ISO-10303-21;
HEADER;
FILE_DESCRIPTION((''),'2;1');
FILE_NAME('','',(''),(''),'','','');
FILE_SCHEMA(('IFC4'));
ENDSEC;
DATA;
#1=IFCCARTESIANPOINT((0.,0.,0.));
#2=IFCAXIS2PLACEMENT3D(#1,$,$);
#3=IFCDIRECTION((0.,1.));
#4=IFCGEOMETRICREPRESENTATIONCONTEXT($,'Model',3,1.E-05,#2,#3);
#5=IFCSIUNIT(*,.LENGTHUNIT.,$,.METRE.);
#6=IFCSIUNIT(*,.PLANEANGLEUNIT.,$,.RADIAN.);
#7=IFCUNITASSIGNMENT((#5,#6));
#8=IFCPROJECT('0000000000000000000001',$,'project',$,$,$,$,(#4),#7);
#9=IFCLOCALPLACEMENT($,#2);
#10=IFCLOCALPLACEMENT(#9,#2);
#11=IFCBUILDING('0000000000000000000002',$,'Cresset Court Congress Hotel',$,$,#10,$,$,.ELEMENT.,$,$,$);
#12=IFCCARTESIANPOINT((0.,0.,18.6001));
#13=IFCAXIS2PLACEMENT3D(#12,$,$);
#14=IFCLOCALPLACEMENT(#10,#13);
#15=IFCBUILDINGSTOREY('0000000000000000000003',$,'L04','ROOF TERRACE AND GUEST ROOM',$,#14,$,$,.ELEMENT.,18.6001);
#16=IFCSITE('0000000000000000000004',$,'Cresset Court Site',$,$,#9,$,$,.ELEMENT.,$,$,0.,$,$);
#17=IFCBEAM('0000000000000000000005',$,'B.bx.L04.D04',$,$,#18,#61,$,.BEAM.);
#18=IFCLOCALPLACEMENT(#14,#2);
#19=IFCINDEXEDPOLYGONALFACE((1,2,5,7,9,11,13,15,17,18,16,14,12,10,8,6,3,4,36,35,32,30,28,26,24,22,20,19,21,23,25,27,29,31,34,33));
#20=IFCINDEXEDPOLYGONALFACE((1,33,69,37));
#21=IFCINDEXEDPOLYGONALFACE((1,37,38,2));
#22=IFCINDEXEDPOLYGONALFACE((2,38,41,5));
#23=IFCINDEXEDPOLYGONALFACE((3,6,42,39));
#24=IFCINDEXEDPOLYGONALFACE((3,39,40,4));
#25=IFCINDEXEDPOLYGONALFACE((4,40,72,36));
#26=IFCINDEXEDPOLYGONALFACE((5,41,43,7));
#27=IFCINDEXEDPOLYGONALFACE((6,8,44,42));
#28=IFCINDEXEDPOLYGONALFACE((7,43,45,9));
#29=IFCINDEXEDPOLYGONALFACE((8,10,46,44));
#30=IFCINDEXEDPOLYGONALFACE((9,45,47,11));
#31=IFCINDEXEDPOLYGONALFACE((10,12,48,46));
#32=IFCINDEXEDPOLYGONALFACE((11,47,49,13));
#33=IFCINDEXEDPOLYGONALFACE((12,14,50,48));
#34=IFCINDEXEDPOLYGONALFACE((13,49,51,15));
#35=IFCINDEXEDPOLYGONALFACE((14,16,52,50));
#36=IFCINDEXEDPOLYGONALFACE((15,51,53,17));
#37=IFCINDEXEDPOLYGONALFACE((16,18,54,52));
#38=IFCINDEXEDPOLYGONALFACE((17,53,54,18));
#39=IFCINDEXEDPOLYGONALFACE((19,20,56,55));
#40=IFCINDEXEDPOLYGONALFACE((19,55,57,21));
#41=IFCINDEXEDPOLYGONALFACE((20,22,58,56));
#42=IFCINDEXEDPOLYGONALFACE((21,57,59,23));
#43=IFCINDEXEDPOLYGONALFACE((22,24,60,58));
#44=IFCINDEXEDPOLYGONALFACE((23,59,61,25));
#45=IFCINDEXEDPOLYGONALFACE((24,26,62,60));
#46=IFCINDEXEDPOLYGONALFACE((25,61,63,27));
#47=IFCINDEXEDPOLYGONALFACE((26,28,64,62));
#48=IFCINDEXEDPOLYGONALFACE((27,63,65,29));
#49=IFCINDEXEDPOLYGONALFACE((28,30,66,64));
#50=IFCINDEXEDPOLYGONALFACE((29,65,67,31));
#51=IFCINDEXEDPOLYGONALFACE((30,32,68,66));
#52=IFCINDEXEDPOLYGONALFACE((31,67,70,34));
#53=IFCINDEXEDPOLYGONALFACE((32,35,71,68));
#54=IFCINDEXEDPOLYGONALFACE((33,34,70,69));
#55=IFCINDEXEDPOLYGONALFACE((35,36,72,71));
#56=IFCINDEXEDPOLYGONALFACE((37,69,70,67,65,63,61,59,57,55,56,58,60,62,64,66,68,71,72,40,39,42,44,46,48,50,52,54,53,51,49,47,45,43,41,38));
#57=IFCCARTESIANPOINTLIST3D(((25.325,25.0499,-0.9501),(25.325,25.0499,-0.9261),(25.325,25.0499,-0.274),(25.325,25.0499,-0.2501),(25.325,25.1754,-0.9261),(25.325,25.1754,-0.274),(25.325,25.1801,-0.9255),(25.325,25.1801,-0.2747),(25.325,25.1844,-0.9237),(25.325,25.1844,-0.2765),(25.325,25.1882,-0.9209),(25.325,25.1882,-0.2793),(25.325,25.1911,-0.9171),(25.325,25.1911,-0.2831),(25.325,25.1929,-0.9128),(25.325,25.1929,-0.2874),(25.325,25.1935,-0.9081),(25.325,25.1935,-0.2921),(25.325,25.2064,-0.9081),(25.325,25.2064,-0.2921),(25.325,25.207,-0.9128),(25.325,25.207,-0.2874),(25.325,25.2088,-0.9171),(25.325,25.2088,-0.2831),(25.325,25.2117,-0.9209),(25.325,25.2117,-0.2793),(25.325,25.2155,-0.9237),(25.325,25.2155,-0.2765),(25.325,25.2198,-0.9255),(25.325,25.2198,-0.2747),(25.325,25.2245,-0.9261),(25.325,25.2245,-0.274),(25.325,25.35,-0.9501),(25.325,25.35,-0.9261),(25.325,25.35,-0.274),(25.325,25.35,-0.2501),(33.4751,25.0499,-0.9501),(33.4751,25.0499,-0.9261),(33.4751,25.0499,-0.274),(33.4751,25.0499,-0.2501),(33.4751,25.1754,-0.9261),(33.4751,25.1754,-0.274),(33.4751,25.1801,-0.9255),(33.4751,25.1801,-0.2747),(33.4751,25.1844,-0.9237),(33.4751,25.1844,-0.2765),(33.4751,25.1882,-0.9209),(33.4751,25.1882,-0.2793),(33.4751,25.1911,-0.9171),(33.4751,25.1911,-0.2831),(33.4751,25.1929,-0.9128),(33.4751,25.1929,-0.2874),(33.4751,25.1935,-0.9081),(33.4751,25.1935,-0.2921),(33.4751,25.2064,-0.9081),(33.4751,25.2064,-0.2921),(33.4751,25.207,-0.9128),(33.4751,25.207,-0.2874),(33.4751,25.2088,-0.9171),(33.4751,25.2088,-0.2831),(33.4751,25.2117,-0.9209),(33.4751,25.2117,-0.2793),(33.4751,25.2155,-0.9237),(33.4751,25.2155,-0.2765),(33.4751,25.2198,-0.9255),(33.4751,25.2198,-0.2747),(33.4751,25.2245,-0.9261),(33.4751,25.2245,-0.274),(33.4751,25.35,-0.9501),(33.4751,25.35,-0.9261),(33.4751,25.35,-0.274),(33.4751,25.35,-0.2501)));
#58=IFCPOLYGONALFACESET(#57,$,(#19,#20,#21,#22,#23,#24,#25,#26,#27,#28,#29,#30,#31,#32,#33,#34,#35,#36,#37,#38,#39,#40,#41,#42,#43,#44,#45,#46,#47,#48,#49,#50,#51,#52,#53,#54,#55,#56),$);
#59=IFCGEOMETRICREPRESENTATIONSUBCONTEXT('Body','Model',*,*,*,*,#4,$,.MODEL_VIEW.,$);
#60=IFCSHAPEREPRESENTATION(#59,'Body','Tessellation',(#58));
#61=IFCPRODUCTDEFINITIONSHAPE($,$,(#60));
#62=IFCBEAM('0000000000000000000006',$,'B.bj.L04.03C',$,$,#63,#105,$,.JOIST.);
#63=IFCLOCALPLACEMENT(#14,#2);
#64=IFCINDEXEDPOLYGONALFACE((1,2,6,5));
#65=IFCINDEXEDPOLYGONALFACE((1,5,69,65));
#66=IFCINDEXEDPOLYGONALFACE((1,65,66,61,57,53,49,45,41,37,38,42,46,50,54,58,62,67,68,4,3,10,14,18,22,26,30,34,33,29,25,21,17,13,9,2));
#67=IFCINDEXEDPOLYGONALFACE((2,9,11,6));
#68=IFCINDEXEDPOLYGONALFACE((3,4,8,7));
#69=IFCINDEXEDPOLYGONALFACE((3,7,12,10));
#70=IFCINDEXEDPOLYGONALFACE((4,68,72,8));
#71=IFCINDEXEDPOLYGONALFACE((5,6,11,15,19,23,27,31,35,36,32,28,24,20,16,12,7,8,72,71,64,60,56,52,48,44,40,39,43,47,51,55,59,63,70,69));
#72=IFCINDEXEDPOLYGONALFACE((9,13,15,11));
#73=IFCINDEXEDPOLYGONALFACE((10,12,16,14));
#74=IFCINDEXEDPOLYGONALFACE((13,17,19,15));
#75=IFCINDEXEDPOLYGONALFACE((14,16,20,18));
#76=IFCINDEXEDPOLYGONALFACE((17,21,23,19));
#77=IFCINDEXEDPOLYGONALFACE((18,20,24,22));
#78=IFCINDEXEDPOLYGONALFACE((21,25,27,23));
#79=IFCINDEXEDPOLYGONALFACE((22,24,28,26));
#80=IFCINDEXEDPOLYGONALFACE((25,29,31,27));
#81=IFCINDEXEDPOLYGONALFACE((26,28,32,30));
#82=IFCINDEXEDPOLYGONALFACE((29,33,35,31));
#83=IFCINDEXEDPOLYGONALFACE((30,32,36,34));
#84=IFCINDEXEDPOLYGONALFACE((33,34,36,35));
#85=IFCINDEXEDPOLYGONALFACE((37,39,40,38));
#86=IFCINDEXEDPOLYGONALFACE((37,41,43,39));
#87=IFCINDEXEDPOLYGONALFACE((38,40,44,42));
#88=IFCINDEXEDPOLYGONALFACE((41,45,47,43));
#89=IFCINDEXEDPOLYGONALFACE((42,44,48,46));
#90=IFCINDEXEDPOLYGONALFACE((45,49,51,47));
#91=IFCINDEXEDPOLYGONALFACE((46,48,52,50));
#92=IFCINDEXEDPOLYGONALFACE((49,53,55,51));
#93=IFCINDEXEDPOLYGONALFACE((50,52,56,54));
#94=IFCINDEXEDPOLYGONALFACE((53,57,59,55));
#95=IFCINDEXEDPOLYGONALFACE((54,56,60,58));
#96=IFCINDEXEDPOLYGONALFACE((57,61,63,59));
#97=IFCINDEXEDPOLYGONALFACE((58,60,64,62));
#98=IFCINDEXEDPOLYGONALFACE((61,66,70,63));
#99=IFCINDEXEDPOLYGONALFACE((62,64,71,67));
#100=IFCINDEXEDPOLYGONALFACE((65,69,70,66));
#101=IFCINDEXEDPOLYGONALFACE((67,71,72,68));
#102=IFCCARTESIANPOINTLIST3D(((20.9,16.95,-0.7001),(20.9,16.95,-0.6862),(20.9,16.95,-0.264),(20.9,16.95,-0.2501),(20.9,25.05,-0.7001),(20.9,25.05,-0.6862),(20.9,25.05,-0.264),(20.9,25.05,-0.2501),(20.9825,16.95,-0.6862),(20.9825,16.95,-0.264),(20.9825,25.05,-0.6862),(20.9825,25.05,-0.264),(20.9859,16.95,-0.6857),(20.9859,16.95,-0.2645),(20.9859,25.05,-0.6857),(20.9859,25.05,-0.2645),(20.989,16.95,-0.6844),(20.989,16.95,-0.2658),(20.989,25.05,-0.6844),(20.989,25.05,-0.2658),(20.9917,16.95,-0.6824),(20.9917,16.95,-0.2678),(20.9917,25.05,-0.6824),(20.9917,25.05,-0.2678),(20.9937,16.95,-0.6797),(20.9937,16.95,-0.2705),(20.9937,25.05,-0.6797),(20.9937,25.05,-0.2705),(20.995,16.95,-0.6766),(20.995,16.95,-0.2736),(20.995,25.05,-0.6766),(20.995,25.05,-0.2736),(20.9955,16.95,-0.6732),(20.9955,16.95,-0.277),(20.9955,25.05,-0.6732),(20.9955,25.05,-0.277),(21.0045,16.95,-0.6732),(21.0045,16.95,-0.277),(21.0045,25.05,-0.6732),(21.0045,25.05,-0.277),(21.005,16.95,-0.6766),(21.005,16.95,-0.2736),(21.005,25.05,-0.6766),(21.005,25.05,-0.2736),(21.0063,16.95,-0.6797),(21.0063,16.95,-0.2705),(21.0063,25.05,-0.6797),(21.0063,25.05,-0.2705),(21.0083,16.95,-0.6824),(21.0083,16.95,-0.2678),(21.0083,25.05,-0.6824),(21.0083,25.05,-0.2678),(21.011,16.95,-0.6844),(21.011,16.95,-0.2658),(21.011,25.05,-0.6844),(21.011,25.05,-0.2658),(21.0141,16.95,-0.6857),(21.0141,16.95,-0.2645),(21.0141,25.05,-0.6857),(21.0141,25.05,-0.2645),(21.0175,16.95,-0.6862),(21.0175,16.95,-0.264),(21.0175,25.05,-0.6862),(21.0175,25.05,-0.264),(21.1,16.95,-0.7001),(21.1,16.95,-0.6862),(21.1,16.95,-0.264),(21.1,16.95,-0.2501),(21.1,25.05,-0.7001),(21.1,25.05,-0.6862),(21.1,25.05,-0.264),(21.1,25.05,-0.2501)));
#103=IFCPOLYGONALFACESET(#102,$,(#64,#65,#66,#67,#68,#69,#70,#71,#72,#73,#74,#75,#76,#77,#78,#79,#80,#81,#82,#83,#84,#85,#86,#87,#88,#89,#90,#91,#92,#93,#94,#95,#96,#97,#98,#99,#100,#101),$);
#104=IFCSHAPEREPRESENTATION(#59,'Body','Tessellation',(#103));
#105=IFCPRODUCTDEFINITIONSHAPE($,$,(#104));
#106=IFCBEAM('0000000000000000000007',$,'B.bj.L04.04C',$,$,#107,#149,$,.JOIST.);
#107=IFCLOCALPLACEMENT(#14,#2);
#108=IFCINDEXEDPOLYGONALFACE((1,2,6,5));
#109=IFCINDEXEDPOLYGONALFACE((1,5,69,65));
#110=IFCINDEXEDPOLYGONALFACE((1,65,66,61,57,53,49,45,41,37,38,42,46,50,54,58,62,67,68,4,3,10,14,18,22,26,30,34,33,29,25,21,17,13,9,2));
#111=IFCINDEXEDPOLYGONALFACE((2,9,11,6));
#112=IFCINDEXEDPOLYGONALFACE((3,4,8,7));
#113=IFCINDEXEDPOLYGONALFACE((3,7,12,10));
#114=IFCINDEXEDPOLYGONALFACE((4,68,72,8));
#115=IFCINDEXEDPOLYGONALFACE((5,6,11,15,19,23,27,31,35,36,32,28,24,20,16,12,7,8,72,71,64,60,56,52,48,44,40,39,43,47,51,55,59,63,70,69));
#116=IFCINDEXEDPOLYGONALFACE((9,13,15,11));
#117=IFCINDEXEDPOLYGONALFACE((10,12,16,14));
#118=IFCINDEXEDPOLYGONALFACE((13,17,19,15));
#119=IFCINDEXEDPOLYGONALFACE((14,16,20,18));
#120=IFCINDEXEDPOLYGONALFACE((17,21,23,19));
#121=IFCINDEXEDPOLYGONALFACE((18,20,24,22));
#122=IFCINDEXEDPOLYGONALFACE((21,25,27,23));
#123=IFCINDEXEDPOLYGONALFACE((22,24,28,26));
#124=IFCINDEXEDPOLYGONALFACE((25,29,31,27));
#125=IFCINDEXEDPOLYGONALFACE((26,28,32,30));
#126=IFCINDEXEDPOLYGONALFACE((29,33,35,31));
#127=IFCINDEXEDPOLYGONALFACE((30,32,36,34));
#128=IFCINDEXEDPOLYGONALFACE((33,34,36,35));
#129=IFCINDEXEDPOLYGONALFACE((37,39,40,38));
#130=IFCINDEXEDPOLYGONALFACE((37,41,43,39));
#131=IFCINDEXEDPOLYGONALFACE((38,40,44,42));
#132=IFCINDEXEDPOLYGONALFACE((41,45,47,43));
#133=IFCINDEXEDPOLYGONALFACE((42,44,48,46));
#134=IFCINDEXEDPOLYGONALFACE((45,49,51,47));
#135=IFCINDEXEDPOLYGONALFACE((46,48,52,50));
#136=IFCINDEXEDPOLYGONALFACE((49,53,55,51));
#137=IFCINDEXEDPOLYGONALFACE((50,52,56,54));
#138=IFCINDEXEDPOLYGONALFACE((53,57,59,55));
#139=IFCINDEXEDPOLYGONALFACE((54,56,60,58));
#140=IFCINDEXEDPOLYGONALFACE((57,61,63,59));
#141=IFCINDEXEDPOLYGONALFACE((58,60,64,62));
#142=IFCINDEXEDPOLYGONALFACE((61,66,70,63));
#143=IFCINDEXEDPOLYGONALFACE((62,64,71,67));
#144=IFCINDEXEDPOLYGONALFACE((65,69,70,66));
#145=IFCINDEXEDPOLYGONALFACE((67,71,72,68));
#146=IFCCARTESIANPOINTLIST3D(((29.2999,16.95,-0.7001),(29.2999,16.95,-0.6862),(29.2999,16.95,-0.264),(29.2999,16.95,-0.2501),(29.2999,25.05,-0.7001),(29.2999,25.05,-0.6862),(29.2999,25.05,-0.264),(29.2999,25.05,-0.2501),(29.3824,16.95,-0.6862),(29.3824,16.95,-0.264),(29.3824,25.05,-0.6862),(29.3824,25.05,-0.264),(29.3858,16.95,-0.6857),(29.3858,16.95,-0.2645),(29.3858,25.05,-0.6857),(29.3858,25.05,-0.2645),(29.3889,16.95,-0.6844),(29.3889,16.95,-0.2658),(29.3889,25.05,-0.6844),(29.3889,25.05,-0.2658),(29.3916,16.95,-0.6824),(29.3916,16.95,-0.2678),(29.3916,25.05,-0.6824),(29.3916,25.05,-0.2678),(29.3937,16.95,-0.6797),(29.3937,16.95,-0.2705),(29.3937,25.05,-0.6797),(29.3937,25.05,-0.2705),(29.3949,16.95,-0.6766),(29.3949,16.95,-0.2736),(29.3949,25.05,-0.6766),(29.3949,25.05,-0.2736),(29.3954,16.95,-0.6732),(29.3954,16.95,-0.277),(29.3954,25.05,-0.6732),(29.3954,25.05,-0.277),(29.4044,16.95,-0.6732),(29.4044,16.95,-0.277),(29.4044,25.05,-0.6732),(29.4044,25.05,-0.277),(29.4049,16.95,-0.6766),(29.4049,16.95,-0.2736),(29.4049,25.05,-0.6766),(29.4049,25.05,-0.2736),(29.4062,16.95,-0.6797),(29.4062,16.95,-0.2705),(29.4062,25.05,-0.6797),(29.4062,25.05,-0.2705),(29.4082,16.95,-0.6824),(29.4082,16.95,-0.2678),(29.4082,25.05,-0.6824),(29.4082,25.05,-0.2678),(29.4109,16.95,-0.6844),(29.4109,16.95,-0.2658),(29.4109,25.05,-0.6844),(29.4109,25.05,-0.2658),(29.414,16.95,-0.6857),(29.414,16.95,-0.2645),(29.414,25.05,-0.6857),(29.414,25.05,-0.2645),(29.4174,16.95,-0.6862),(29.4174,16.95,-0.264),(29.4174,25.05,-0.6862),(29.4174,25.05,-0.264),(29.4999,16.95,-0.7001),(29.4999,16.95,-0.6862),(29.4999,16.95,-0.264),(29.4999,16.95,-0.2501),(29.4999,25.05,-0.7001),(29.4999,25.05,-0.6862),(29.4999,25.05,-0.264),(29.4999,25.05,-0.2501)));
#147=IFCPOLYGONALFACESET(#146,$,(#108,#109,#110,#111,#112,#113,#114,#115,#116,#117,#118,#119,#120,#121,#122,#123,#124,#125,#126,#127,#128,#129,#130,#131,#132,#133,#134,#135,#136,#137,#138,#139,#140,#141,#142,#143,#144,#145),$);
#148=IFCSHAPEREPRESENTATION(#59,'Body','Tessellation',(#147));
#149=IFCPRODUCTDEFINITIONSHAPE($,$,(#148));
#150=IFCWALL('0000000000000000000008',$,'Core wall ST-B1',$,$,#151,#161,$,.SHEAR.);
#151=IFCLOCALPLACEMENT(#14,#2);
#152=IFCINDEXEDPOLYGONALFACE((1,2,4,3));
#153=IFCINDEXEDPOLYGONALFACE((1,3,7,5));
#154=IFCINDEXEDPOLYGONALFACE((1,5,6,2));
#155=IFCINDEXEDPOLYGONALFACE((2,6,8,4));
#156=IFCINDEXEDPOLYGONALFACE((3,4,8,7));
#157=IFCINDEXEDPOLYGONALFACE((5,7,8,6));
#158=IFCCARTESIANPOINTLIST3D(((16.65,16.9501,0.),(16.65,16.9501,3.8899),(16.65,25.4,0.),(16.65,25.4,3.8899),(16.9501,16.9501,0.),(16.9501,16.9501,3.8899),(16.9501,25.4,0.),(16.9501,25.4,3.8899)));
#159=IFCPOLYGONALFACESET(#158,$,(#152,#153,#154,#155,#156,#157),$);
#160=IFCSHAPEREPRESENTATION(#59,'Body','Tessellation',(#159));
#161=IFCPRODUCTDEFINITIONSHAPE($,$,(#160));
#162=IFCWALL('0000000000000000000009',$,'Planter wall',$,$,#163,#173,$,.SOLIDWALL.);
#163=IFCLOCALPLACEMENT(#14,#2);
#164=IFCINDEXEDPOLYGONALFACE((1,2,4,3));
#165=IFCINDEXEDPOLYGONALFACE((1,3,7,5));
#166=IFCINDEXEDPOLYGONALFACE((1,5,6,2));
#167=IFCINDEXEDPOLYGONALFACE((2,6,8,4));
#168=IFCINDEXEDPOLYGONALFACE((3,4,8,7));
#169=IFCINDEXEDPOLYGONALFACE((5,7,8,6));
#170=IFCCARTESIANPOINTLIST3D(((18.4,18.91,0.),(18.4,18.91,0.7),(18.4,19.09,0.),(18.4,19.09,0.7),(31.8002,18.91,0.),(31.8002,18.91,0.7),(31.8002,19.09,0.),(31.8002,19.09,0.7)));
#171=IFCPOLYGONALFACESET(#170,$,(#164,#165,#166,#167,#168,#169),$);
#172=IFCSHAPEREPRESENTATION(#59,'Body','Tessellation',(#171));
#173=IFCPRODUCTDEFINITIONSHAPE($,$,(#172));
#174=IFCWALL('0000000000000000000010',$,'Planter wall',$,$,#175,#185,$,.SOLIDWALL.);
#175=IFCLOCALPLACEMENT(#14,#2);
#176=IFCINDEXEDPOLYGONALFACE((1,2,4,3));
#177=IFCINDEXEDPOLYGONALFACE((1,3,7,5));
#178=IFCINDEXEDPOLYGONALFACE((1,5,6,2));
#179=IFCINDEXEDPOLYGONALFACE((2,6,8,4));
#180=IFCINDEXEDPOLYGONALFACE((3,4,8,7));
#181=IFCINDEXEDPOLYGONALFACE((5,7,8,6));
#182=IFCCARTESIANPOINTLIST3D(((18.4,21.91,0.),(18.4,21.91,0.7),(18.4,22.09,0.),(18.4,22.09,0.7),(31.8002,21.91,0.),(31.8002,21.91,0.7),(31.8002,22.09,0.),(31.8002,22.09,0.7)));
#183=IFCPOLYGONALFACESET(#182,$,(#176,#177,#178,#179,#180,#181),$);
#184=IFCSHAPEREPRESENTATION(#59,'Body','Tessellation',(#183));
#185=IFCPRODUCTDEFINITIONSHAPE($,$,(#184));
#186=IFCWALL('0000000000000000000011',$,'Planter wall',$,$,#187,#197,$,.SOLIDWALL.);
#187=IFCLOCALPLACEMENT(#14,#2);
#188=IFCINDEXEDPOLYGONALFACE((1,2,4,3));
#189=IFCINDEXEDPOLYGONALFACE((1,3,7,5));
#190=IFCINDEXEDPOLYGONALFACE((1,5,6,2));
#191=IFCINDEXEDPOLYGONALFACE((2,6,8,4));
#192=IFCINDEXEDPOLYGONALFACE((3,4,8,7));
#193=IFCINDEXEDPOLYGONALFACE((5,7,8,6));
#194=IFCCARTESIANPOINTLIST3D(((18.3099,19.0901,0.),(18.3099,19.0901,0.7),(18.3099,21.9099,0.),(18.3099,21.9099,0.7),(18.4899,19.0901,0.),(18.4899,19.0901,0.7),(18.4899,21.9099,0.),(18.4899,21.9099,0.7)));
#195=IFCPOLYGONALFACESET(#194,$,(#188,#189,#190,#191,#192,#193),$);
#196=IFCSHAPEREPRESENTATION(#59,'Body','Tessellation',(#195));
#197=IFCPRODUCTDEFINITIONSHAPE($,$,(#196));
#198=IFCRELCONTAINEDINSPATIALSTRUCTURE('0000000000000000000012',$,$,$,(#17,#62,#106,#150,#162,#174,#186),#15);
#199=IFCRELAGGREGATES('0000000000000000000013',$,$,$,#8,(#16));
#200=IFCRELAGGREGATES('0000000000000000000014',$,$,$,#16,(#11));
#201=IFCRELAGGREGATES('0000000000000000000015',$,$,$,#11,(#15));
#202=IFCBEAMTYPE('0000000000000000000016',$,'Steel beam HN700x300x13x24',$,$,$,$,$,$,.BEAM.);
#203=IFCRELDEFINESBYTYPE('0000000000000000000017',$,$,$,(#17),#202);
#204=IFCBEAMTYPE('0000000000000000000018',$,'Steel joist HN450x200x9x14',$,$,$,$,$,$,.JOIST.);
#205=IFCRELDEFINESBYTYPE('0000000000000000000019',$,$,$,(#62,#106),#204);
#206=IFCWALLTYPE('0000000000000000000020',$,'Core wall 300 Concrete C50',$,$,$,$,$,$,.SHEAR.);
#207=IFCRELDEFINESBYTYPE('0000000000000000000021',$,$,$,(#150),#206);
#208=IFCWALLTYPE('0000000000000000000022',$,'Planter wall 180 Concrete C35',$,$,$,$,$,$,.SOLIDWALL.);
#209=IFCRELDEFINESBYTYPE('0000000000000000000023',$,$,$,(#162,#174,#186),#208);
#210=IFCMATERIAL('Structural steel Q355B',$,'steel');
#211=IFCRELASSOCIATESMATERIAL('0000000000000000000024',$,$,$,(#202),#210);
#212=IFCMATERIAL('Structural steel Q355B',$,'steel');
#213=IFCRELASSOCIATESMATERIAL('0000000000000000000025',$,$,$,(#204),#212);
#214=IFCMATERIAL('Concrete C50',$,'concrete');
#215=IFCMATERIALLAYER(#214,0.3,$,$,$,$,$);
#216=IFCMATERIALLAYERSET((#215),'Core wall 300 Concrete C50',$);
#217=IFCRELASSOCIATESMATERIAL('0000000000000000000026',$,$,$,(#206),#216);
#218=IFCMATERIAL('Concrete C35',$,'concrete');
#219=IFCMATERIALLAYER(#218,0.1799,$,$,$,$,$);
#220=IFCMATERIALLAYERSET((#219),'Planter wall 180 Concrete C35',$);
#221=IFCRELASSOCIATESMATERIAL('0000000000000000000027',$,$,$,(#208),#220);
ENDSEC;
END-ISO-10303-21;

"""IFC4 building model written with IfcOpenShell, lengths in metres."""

from ifc_helpers import new_model, si_unit, direction, frame, frame_2d, origin, origin_2d, place, context, subcontext, project, spatial, rectangle, i_section, extrude, material, layer, layer_set, material_profile, profile_set, type_object, element, save


model = new_model("IFC4")

# Units and contexts
model_context = context("Model", 3, precision=1e-05, world=origin(), true_north=direction((0.0, 1.0)))
body_context = subcontext(model_context, "Body", "Model", "MODEL_VIEW")
ifc_project = project(units=[si_unit("LENGTHUNIT", "METRE"), si_unit("PLANEANGLEUNIT", "RADIAN")], contexts=[model_context])

# Site, building, storey
site_placement = place(None, origin())
site = spatial("IfcSite", under=ifc_project, at=site_placement, Name="Cresset Court Site", CompositionType="ELEMENT", RefElevation=0.0)
building_placement = place(site_placement, origin())
building = spatial("IfcBuilding", under=site, at=building_placement, Name="Cresset Court Congress Hotel", CompositionType="ELEMENT")
storey_placement = place(building_placement, frame((0.0, 0.0, 18.6001)))
storey = spatial("IfcBuildingStorey", under=building, at=storey_placement, Name="L04", Description="ROOF TERRACE AND GUEST ROOM", CompositionType="ELEMENT", Elevation=18.6001)

# Beams
ifc_material_1 = material(Name="Structural steel Q355B", Category="steel")
ifc_material_profile_1 = material_profile(ifc_material_1, i_section(OverallWidth=0.3, OverallDepth=0.7, WebThickness=0.0129, FlangeThickness=0.0239, FilletRadius=0.0181, at=origin_2d()), Name="HN700x300x13x24")
ifc_profile_set_1 = profile_set([ifc_material_profile_1], Name="Structural steel Q355B")
beam_type_1 = type_object("IfcBeamType", Name="Steel beam HN700x300x13x24", PredefinedType="BEAM", material=ifc_profile_set_1)
beam_1_placement = place(storey_placement, frame((25.325, 25.2, -0.6001), z_axis=(1.0, 0.0, 0.0), x_axis=(0.0, 1.0, 0.0)))
element("IfcBeam", 1, at=beam_1_placement, inside=storey, type_object=beam_type_1, Name="B.bx.L04.D04", PredefinedType="BEAM", context=body_context, shape_type="SweptSolid", body=[
    extrude(i_section(OverallWidth=0.3, OverallDepth=0.7, WebThickness=0.0129, FlangeThickness=0.0239, FilletRadius=0.0181, at=origin_2d()), origin(), (0.0, 0.0, 1.0), 8.1501),
])
ifc_material_2 = material(Name="Structural steel Q355B", Category="steel")
ifc_material_profile_2 = material_profile(ifc_material_2, i_section(OverallWidth=0.2, OverallDepth=0.45, WebThickness=0.009, FlangeThickness=0.0139, FilletRadius=0.0129, at=origin_2d()), Name="HN450x200x9x14")
ifc_profile_set_2 = profile_set([ifc_material_profile_2], Name="Structural steel Q355B")
beam_type_2 = type_object("IfcBeamType", Name="Steel joist HN450x200x9x14", PredefinedType="JOIST", material=ifc_profile_set_2)
for number, where, z_axis, x_axis, name in (
    (2, (21.0, 16.95, -0.4751), (0.0, 1.0, 0.0), (-1.0, 0.0, 0.0), "B.bj.L04.03C"),
    (3, (29.3999, 16.95, -0.4751), (0.0, 1.0, 0.0), (-1.0, 0.0, 0.0), "B.bj.L04.04C"),
):
    element("IfcBeam", number, at=place(storey_placement, frame(where, z_axis=z_axis, x_axis=x_axis)), inside=storey, type_object=beam_type_2, Name=name, PredefinedType="JOIST", context=body_context, shape_type="SweptSolid", body=[
        extrude(i_section(OverallWidth=0.2, OverallDepth=0.45, WebThickness=0.009, FlangeThickness=0.0139, FilletRadius=0.0129, at=origin_2d()), origin(), (0.0, 0.0, 1.0), 8.1001),
    ])

# Walls
ifc_material_3 = material(Name="Concrete C50", Category="concrete")
ifc_layer_1 = layer(ifc_material_3, 0.3)
ifc_layer_set_1 = layer_set([ifc_layer_1], Name="Core wall 300 Concrete C50")
wall_type_1 = type_object("IfcWallType", Name="Core wall 300 Concrete C50", PredefinedType="SHEAR", material=ifc_layer_set_1)
wall_1_placement = place(storey_placement, frame((16.8, 16.95, 0.0), z_axis=(0.0, 0.0, 1.0), x_axis=(0.0, 1.0, 0.0)))
element("IfcWall", 4, at=wall_1_placement, inside=storey, type_object=wall_type_1, Name="Core wall ST-B1", PredefinedType="SHEAR", context=body_context, shape_type="SweptSolid", body=[
    extrude(rectangle(XDim=8.45, YDim=0.3, at=frame_2d((4.2251, 0.0))), origin(), (0.0, 0.0, 1.0), 3.8899),
])
ifc_material_4 = material(Name="Concrete C35", Category="concrete")
ifc_layer_2 = layer(ifc_material_4, 0.1799)
ifc_layer_set_2 = layer_set([ifc_layer_2], Name="Planter wall 180 Concrete C35")
wall_type_2 = type_object("IfcWallType", Name="Planter wall 180 Concrete C35", PredefinedType="SOLIDWALL", material=ifc_layer_set_2)
for number, where, z_axis, x_axis, name in (
    (5, (18.3999, 19.0, 0.0), (0.0, 0.0, 1.0), (1.0, 0.0, 0.0), "Planter wall"),
    (6, (18.3999, 22.0, 0.0), (0.0, 0.0, 1.0), (1.0, 0.0, 0.0), "Planter wall"),
):
    element("IfcWall", number, at=place(storey_placement, frame(where, z_axis=z_axis, x_axis=x_axis)), inside=storey, type_object=wall_type_2, Name=name, PredefinedType="SOLIDWALL", context=body_context, shape_type="SweptSolid", body=[
        extrude(rectangle(XDim=13.4001, YDim=0.1799, at=frame_2d((6.7002, 0.0))), origin(), (0.0, 0.0, 1.0), 0.7),
    ])
wall_2_placement = place(storey_placement, frame((18.3999, 19.0901, 0.0), z_axis=(0.0, 0.0, 1.0), x_axis=(0.0, 1.0, 0.0)))
element("IfcWall", 7, at=wall_2_placement, inside=storey, type_object=wall_type_2, Name="Planter wall", PredefinedType="SOLIDWALL", context=body_context, shape_type="SweptSolid", body=[
    extrude(rectangle(XDim=2.8198, YDim=0.1799, at=frame_2d((1.4099, 0.0))), origin(), (0.0, 0.0, 1.0), 0.7),
])

save(model, "model.ifc")
